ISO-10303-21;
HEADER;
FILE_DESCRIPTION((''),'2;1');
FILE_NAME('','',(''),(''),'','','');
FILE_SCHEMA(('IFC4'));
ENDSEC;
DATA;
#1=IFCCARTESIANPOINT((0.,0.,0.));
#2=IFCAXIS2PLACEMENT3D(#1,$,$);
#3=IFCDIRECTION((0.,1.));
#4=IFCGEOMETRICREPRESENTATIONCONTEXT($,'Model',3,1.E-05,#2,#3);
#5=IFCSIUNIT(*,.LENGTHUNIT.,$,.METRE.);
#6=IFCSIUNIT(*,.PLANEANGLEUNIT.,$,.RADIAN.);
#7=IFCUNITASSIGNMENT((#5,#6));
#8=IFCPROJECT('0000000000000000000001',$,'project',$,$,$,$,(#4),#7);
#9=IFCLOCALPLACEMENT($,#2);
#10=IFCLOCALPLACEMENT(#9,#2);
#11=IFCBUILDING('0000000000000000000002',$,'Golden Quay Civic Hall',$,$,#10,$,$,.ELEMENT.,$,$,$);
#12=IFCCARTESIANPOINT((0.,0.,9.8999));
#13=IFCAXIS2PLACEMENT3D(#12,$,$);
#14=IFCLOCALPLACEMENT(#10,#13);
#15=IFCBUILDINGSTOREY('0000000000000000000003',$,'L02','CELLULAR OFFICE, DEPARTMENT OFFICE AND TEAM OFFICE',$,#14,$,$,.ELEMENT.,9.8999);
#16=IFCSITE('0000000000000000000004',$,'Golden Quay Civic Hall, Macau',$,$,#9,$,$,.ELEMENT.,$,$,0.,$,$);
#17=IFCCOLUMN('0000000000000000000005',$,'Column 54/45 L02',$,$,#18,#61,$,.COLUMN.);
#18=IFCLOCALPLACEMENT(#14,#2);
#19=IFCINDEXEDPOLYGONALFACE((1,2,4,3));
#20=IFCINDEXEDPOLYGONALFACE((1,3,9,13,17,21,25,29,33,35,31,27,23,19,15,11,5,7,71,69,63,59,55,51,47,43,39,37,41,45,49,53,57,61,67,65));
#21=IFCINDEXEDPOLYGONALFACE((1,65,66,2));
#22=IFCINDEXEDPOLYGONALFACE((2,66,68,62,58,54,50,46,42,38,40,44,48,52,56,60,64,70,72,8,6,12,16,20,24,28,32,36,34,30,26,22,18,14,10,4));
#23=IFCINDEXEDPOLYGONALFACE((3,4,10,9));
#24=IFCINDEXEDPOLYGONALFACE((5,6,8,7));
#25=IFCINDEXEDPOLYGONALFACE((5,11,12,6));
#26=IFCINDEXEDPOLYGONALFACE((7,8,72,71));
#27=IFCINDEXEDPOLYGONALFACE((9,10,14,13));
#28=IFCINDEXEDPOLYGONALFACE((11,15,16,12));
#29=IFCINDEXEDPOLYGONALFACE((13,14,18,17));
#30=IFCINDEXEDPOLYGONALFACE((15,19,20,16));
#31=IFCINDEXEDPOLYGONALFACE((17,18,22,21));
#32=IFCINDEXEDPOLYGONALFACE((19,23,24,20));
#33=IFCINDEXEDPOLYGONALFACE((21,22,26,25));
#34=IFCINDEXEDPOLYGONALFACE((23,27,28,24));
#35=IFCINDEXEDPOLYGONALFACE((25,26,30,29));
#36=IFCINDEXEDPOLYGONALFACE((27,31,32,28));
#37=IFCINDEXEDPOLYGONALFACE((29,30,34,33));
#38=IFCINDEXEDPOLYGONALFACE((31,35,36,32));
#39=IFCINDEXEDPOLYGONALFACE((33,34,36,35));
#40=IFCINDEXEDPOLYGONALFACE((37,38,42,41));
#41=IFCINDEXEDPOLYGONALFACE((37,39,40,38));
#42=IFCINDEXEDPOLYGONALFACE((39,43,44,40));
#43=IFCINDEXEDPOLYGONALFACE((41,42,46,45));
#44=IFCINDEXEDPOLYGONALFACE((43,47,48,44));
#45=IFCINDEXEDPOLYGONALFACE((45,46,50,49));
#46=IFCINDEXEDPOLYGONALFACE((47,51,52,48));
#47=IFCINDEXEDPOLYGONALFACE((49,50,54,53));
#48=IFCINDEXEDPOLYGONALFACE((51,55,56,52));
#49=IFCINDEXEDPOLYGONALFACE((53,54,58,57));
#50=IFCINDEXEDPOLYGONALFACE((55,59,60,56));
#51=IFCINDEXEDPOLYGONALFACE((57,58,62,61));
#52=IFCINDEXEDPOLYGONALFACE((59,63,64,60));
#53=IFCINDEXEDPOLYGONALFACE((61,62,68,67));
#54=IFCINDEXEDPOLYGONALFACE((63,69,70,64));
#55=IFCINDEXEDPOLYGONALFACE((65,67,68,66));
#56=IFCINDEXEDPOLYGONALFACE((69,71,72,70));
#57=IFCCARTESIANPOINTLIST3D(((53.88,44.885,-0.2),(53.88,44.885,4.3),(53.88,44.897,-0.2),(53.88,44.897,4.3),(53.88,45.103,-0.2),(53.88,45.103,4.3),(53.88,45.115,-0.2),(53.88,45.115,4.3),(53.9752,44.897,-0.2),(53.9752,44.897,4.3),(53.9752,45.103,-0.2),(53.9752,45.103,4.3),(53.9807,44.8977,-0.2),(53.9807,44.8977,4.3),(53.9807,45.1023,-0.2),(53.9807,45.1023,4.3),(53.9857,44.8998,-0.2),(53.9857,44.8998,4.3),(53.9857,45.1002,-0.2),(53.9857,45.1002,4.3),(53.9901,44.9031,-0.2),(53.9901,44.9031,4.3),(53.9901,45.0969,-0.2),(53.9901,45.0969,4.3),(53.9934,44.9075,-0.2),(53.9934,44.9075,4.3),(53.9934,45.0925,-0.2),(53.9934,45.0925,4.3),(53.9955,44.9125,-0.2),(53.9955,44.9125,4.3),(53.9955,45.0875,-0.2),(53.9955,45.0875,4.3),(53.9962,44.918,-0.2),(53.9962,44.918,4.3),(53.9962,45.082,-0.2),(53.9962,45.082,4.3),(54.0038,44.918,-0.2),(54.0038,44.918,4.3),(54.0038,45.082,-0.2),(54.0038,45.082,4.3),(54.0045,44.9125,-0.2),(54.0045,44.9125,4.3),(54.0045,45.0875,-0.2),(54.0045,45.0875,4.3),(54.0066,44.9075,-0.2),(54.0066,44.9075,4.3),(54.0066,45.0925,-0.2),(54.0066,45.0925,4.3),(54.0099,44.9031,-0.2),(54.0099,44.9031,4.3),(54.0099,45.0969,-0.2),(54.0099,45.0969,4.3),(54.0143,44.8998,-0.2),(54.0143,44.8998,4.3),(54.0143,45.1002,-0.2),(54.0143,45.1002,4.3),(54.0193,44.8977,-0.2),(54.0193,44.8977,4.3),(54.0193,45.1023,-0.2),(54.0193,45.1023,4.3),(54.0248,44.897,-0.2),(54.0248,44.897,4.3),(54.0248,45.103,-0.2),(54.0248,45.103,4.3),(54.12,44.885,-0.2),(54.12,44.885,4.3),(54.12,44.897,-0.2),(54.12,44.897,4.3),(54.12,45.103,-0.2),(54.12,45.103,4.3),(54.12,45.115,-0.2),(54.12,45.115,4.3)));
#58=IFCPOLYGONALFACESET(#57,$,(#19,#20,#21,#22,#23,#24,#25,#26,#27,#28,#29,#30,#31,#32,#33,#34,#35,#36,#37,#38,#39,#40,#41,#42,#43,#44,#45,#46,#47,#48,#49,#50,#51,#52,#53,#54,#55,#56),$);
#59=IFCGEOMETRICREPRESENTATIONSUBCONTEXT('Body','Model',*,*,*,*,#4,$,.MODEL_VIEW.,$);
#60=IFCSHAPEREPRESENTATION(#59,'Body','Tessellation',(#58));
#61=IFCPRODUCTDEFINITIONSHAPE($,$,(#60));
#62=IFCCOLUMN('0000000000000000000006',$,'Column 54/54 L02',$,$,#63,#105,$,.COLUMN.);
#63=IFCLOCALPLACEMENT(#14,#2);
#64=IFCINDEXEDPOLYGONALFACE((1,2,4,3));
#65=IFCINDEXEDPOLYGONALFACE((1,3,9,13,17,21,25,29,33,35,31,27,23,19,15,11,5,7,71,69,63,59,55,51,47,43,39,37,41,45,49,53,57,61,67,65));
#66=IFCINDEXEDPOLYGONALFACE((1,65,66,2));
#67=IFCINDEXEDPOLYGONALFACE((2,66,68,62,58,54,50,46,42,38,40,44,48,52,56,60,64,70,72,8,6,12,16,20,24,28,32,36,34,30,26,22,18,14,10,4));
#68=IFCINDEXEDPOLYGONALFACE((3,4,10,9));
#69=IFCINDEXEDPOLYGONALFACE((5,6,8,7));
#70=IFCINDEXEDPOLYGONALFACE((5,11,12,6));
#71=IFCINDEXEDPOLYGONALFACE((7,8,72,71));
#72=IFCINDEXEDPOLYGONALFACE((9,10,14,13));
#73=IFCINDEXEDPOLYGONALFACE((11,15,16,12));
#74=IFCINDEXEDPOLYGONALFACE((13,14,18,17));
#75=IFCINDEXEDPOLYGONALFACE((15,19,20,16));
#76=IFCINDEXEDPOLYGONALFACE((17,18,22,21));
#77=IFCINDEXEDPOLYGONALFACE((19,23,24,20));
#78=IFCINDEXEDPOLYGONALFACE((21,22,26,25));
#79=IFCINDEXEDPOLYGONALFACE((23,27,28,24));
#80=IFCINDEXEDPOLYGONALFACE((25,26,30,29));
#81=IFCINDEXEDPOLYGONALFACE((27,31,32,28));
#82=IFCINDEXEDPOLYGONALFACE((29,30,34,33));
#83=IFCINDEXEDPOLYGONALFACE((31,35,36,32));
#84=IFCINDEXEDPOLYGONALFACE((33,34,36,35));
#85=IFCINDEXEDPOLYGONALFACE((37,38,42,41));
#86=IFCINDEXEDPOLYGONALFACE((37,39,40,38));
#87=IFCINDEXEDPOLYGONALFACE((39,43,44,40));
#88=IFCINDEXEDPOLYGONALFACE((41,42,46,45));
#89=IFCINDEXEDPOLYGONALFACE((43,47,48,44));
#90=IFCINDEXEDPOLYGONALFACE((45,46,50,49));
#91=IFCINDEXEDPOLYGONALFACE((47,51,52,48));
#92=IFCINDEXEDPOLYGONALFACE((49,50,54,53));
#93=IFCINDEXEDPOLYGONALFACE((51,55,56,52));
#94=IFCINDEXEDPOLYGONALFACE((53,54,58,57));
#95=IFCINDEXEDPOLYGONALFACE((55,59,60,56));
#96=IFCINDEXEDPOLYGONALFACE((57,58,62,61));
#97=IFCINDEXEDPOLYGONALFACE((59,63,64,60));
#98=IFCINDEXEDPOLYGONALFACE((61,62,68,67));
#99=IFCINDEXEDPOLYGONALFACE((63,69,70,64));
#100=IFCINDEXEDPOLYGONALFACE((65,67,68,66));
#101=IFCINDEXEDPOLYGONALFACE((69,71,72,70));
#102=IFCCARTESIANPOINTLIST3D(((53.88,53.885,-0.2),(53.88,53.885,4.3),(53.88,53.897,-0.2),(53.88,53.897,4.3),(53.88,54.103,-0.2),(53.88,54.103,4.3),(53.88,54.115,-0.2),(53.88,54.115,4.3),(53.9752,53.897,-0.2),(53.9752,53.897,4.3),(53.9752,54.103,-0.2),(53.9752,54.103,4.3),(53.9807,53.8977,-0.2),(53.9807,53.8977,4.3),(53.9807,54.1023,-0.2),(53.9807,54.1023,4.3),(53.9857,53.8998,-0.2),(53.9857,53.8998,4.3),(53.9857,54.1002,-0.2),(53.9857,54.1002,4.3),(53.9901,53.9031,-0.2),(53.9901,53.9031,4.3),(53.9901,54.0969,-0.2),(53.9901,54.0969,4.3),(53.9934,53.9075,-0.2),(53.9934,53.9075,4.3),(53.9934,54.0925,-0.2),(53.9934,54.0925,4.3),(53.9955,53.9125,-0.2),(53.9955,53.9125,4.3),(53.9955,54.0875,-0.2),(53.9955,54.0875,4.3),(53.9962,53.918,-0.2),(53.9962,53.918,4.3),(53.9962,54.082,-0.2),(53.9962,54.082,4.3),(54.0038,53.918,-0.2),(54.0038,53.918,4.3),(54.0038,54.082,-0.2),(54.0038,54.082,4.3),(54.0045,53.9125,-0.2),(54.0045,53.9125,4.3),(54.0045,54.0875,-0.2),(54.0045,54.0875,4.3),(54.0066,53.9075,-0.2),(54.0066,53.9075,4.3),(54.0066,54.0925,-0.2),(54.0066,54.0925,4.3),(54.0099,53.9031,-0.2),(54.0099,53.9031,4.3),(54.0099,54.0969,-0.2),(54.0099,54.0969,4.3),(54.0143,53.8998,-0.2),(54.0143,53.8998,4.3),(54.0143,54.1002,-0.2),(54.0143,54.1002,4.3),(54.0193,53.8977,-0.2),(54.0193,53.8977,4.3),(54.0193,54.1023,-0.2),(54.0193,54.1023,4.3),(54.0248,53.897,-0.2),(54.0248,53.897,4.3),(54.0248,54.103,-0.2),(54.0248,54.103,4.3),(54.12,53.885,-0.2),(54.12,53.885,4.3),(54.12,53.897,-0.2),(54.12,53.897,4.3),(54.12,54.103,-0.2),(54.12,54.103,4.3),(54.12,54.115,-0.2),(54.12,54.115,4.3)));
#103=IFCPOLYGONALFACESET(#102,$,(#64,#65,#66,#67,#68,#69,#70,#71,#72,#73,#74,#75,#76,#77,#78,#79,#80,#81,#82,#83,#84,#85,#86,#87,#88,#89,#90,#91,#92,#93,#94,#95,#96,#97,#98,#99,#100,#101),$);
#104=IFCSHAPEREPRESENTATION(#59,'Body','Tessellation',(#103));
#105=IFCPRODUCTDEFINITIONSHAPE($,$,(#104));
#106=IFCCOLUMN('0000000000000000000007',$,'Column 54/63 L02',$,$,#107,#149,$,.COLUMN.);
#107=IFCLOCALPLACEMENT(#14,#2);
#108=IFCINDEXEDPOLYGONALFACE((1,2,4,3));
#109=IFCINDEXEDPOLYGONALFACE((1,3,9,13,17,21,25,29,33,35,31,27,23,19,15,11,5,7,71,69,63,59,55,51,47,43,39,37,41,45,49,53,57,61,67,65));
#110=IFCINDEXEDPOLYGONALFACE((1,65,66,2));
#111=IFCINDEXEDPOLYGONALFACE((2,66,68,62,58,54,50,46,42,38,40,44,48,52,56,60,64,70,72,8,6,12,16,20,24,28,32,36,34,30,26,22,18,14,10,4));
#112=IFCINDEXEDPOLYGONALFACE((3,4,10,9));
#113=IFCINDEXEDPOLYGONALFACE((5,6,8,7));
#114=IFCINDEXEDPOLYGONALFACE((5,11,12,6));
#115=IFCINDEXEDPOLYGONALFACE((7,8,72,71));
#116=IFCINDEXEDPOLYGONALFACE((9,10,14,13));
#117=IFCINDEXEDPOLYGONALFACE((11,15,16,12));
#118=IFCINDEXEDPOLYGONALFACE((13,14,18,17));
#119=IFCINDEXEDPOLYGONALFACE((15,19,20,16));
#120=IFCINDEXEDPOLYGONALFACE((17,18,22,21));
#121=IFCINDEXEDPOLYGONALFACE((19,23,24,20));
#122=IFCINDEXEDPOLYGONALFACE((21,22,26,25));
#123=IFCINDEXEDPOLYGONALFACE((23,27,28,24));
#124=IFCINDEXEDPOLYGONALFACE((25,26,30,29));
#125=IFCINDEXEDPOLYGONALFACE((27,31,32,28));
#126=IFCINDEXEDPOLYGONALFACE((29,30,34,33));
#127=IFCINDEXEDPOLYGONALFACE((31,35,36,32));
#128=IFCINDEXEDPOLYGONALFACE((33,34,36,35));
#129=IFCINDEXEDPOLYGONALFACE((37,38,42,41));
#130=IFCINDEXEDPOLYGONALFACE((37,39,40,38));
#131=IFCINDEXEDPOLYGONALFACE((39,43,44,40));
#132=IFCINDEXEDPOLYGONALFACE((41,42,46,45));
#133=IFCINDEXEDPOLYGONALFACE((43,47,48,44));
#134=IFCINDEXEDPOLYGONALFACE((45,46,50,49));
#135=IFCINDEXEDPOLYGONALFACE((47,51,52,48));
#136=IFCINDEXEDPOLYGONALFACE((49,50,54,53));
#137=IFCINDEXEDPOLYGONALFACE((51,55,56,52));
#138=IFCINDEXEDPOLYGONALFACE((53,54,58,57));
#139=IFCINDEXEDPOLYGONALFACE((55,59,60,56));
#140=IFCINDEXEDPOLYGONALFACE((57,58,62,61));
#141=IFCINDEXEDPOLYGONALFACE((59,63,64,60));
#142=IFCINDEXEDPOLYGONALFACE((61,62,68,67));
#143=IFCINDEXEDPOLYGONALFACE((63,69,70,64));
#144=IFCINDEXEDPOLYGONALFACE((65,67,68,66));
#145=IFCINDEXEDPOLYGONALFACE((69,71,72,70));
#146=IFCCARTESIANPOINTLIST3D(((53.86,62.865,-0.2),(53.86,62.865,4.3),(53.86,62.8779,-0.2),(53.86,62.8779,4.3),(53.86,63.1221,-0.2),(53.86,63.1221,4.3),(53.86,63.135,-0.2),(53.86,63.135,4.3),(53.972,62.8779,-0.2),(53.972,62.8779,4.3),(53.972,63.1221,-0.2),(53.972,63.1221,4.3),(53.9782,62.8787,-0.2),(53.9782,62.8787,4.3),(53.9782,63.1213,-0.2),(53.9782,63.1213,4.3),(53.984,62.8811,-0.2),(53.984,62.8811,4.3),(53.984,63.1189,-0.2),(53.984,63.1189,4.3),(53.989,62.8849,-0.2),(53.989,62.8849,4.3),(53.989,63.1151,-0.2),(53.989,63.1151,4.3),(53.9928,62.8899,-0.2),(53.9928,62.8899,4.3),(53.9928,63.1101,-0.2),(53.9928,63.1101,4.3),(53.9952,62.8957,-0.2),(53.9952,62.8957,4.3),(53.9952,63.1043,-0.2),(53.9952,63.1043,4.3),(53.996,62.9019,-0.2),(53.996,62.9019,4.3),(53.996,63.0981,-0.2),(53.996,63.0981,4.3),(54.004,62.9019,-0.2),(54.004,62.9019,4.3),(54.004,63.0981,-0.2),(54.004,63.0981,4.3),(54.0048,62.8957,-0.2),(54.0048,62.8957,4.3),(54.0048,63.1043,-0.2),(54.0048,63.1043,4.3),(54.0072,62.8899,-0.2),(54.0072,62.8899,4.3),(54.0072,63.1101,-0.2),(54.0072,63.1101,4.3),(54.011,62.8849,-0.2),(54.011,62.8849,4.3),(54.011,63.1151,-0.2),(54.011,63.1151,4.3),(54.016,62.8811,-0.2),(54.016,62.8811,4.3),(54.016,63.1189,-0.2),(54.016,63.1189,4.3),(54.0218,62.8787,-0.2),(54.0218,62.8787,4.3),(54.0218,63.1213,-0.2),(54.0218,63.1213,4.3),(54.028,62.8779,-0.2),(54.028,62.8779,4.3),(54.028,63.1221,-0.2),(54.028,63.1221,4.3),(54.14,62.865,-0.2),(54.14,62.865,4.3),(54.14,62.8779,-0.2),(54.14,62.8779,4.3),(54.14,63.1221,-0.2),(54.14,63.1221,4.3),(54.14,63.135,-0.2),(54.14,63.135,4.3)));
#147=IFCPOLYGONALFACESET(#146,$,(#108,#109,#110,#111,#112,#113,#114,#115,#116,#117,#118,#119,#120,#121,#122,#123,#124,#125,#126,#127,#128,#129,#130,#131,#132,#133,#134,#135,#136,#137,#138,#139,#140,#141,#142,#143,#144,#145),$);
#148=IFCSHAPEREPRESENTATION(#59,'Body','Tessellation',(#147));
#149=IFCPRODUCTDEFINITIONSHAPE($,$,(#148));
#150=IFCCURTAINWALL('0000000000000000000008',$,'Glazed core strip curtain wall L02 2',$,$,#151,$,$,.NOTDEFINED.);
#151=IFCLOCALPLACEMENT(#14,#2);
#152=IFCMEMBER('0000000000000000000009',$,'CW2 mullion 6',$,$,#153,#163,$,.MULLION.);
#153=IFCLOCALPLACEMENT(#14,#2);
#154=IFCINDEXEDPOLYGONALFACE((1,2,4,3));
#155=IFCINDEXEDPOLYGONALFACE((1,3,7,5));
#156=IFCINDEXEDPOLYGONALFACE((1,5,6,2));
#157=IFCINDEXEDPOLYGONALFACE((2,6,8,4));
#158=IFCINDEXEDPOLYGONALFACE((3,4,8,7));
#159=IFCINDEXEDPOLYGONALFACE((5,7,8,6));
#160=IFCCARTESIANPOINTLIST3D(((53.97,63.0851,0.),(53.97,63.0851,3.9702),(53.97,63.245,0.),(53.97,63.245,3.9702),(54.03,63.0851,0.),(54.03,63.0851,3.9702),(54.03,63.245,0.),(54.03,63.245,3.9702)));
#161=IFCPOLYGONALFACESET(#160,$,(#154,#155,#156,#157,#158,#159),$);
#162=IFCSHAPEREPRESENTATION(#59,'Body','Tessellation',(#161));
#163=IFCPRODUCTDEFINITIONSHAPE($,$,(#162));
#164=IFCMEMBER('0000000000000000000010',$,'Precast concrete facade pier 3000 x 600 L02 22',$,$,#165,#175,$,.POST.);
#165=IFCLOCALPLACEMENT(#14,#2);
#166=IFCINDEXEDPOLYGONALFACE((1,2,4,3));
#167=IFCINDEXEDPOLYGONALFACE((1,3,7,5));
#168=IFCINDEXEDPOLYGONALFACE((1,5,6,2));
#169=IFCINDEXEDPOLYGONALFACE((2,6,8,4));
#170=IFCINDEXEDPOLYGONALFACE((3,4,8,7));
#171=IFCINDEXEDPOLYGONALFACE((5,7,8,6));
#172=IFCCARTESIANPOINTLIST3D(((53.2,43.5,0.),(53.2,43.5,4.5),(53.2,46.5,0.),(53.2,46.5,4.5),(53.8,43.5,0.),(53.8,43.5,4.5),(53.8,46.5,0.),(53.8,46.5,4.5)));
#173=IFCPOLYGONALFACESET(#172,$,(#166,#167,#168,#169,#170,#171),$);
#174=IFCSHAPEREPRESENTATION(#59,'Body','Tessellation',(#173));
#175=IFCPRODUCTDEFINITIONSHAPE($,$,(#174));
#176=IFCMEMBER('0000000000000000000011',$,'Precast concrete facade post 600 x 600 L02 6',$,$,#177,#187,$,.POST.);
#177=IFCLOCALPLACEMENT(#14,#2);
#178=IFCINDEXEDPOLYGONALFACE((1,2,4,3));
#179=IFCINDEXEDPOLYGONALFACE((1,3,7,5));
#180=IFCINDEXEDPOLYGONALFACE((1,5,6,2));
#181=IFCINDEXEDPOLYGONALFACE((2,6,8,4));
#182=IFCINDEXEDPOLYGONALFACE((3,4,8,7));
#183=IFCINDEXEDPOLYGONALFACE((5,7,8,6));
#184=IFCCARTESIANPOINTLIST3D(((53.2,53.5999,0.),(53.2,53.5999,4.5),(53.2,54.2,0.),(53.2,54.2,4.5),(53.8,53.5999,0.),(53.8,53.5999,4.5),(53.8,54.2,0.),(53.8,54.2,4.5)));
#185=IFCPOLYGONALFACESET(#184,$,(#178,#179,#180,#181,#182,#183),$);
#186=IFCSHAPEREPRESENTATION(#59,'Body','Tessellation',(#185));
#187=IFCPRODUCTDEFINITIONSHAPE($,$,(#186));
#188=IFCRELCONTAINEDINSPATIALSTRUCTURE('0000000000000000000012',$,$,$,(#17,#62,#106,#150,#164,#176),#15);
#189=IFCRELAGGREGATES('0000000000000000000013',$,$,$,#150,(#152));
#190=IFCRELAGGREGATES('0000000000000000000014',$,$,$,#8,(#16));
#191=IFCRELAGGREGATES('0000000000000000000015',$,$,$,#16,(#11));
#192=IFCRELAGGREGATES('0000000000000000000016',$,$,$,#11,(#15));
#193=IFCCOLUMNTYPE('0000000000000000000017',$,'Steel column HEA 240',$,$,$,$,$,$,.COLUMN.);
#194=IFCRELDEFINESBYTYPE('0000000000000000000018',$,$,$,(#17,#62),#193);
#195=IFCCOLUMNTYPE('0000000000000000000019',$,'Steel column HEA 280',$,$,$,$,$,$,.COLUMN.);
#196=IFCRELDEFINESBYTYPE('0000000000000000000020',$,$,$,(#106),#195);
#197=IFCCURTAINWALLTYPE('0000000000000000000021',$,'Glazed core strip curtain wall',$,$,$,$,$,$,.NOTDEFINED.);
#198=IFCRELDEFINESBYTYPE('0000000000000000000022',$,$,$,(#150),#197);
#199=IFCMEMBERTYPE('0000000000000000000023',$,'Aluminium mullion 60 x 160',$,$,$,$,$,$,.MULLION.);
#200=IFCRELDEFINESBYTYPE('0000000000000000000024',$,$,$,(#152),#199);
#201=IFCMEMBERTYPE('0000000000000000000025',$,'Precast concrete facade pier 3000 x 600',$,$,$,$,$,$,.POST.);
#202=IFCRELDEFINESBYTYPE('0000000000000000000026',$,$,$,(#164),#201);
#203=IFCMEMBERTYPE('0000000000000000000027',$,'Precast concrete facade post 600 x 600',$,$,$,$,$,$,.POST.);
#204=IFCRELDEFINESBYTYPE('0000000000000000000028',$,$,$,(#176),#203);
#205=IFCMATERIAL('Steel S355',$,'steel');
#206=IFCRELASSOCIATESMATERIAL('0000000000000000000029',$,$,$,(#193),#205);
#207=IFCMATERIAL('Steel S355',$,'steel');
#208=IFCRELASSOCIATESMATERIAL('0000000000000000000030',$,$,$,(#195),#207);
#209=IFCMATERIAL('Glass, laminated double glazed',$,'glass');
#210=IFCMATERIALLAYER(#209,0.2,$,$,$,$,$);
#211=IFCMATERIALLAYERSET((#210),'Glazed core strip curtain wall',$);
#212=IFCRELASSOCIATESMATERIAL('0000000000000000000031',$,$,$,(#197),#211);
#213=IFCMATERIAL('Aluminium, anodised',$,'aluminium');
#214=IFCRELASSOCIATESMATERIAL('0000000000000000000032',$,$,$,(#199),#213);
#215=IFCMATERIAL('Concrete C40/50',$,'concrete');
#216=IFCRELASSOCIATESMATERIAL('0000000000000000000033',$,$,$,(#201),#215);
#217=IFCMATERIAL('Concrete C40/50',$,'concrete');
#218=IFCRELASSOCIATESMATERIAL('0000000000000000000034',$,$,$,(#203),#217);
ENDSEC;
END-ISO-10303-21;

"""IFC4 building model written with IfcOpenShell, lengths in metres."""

from ifc_helpers import new_model, si_unit, direction, frame, origin, origin_2d, place, context, subcontext, project, spatial, rectangle, i_section, extrude, material, layer, layer_set, material_profile, profile_set, type_object, element, aggregate, save


model = new_model("IFC4")

# Units and contexts
model_context = context("Model", 3, precision=1e-05, world=origin(), true_north=direction((0.0, 1.0)))
body_context = subcontext(model_context, "Body", "Model", "MODEL_VIEW")
ifc_project = project(units=[si_unit("LENGTHUNIT", "METRE"), si_unit("PLANEANGLEUNIT", "RADIAN")], contexts=[model_context])

# Site, building, storey
site_placement = place(None, origin())
site = spatial("IfcSite", under=ifc_project, at=site_placement, Name="Golden Quay Civic Hall, Macau", CompositionType="ELEMENT", RefElevation=0.0)
building_placement = place(site_placement, origin())
building = spatial("IfcBuilding", under=site, at=building_placement, Name="Golden Quay Civic Hall", CompositionType="ELEMENT")
storey_placement = place(building_placement, frame((0.0, 0.0, 9.8999)))
storey = spatial("IfcBuildingStorey", under=building, at=storey_placement, Name="L02", Description="CELLULAR OFFICE, DEPARTMENT OFFICE AND TEAM OFFICE", CompositionType="ELEMENT", Elevation=9.8999)

# Columns
ifc_material_1 = material(Name="Steel S355", Category="steel")
ifc_material_profile_1 = material_profile(ifc_material_1, i_section(OverallWidth=0.24, OverallDepth=0.23, WebThickness=0.0076, FlangeThickness=0.012, FilletRadius=0.021, at=origin_2d()), Name="HEA 240")
ifc_profile_set_1 = profile_set([ifc_material_profile_1], Name="Steel S355")
column_type_1 = type_object("IfcColumnType", Name="Steel column HEA 240", PredefinedType="COLUMN", material=ifc_profile_set_1)
for number, where, z_axis, x_axis, name in (
    (1, (54.0, 45.0, -0.2), (0.0, 0.0, 1.0), (1.0, 0.0, 0.0), "Column 54/45 L02"),
    (2, (54.0, 54.0, -0.2), (0.0, 0.0, 1.0), (1.0, 0.0, 0.0), "Column 54/54 L02"),
):
    element("IfcColumn", number, at=place(storey_placement, frame(where, z_axis=z_axis, x_axis=x_axis)), inside=storey, type_object=column_type_1, Name=name, PredefinedType="COLUMN", context=body_context, shape_type="SweptSolid", body=[
        extrude(i_section(OverallWidth=0.24, OverallDepth=0.23, WebThickness=0.0076, FlangeThickness=0.012, FilletRadius=0.021, at=origin_2d()), origin(), (0.0, 0.0, 1.0), 4.5),
    ])
ifc_material_2 = material(Name="Steel S355", Category="steel")
ifc_material_profile_2 = material_profile(ifc_material_2, i_section(OverallWidth=0.28, OverallDepth=0.27, WebThickness=0.0081, FlangeThickness=0.0129, FilletRadius=0.0239, at=origin_2d()), Name="HEA 280")
ifc_profile_set_2 = profile_set([ifc_material_profile_2], Name="Steel S355")
column_type_2 = type_object("IfcColumnType", Name="Steel column HEA 280", PredefinedType="COLUMN", material=ifc_profile_set_2)
column_placement = place(storey_placement, frame((54.0, 63.0, -0.2), z_axis=(0.0, 0.0, 1.0), x_axis=(1.0, 0.0, 0.0)))
element("IfcColumn", 3, at=column_placement, inside=storey, type_object=column_type_2, Name="Column 54/63 L02", PredefinedType="COLUMN", context=body_context, shape_type="SweptSolid", body=[
    extrude(i_section(OverallWidth=0.28, OverallDepth=0.27, WebThickness=0.0081, FlangeThickness=0.0129, FilletRadius=0.0239, at=origin_2d()), origin(), (0.0, 0.0, 1.0), 4.5),
])

# Curtain wall, member
ifc_material_3 = material(Name="Glass, laminated double glazed", Category="glass")
ifc_layer_1 = layer(ifc_material_3, 0.2)
ifc_layer_set_1 = layer_set([ifc_layer_1], Name="Glazed core strip curtain wall")
curtain_wall_type = type_object("IfcCurtainWallType", Name="Glazed core strip curtain wall", PredefinedType="NOTDEFINED", material=ifc_layer_set_1)
curtain_wall_placement = place(storey_placement, origin())
curtain_wall = element("IfcCurtainWall", 4, at=curtain_wall_placement, inside=storey, type_object=curtain_wall_type, Name="Glazed core strip curtain wall L02 2", PredefinedType="NOTDEFINED")
ifc_material_4 = material(Name="Aluminium, anodised", Category="aluminium")
ifc_material_profile_3 = material_profile(ifc_material_4, rectangle(XDim=0.0601, YDim=0.1599, at=origin_2d()), Name="Aluminium 60 x 160")
ifc_profile_set_3 = profile_set([ifc_material_profile_3], Name="Aluminium, anodised")
member_type_1 = type_object("IfcMemberType", Name="Aluminium mullion 60 x 160", PredefinedType="MULLION", material=ifc_profile_set_3)
member_1_placement = place(storey_placement, frame((54.0, 63.165, 0.0), z_axis=(0.0, 0.0, 1.0), x_axis=(1.0, 0.0, 0.0)))
member_1 = element("IfcMember", 5, at=member_1_placement, type_object=member_type_1, Name="CW2 mullion 6", PredefinedType="MULLION", context=body_context, shape_type="SweptSolid", body=[
    extrude(rectangle(XDim=0.0601, YDim=0.1599, at=origin_2d()), origin(), (0.0, 0.0, 1.0), 3.9702),
])

# Members
ifc_material_5 = material(Name="Concrete C40/50", Category="concrete")
ifc_material_profile_4 = material_profile(ifc_material_5, rectangle(XDim=3.0, YDim=0.6001, at=origin_2d()), Name="RC 3000x600")
ifc_profile_set_4 = profile_set([ifc_material_profile_4], Name="Concrete C40/50")
member_type_2 = type_object("IfcMemberType", Name="Precast concrete facade pier 3000 x 600", PredefinedType="POST", material=ifc_profile_set_4)
member_2_placement = place(storey_placement, frame((53.5, 45.0, 0.0), z_axis=(0.0, 0.0, 1.0), x_axis=(0.0, 1.0, 0.0)))
element("IfcMember", 6, at=member_2_placement, inside=storey, type_object=member_type_2, Name="Precast concrete facade pier 3000 x 600 L02 22", PredefinedType="POST", context=body_context, shape_type="SweptSolid", body=[
    extrude(rectangle(XDim=3.0, YDim=0.6001, at=origin_2d()), origin(), (0.0, 0.0, 1.0), 4.5),
])
ifc_material_6 = material(Name="Concrete C40/50", Category="concrete")
ifc_material_profile_5 = material_profile(ifc_material_6, rectangle(XDim=0.6001, YDim=0.6001, at=origin_2d()), Name="RC 600x600")
ifc_profile_set_5 = profile_set([ifc_material_profile_5], Name="Concrete C40/50")
member_type_3 = type_object("IfcMemberType", Name="Precast concrete facade post 600 x 600", PredefinedType="POST", material=ifc_profile_set_5)
for number, where, z_axis, x_axis, name in (
    (7, (53.5, 53.8999, 0.0), (0.0, 0.0, 1.0), (1.0, 0.0, 0.0), "Precast concrete facade post 600 x 600 L02 6"),
):
    element("IfcMember", number, at=place(storey_placement, frame(where, z_axis=z_axis, x_axis=x_axis)), inside=storey, type_object=member_type_3, Name=name, PredefinedType="POST", context=body_context, shape_type="SweptSolid", body=[
        extrude(rectangle(XDim=0.6001, YDim=0.6001, at=origin_2d()), origin(), (0.0, 0.0, 1.0), 4.5),
    ])

aggregate(curtain_wall, [member_1])

save(model, "model.ifc")
